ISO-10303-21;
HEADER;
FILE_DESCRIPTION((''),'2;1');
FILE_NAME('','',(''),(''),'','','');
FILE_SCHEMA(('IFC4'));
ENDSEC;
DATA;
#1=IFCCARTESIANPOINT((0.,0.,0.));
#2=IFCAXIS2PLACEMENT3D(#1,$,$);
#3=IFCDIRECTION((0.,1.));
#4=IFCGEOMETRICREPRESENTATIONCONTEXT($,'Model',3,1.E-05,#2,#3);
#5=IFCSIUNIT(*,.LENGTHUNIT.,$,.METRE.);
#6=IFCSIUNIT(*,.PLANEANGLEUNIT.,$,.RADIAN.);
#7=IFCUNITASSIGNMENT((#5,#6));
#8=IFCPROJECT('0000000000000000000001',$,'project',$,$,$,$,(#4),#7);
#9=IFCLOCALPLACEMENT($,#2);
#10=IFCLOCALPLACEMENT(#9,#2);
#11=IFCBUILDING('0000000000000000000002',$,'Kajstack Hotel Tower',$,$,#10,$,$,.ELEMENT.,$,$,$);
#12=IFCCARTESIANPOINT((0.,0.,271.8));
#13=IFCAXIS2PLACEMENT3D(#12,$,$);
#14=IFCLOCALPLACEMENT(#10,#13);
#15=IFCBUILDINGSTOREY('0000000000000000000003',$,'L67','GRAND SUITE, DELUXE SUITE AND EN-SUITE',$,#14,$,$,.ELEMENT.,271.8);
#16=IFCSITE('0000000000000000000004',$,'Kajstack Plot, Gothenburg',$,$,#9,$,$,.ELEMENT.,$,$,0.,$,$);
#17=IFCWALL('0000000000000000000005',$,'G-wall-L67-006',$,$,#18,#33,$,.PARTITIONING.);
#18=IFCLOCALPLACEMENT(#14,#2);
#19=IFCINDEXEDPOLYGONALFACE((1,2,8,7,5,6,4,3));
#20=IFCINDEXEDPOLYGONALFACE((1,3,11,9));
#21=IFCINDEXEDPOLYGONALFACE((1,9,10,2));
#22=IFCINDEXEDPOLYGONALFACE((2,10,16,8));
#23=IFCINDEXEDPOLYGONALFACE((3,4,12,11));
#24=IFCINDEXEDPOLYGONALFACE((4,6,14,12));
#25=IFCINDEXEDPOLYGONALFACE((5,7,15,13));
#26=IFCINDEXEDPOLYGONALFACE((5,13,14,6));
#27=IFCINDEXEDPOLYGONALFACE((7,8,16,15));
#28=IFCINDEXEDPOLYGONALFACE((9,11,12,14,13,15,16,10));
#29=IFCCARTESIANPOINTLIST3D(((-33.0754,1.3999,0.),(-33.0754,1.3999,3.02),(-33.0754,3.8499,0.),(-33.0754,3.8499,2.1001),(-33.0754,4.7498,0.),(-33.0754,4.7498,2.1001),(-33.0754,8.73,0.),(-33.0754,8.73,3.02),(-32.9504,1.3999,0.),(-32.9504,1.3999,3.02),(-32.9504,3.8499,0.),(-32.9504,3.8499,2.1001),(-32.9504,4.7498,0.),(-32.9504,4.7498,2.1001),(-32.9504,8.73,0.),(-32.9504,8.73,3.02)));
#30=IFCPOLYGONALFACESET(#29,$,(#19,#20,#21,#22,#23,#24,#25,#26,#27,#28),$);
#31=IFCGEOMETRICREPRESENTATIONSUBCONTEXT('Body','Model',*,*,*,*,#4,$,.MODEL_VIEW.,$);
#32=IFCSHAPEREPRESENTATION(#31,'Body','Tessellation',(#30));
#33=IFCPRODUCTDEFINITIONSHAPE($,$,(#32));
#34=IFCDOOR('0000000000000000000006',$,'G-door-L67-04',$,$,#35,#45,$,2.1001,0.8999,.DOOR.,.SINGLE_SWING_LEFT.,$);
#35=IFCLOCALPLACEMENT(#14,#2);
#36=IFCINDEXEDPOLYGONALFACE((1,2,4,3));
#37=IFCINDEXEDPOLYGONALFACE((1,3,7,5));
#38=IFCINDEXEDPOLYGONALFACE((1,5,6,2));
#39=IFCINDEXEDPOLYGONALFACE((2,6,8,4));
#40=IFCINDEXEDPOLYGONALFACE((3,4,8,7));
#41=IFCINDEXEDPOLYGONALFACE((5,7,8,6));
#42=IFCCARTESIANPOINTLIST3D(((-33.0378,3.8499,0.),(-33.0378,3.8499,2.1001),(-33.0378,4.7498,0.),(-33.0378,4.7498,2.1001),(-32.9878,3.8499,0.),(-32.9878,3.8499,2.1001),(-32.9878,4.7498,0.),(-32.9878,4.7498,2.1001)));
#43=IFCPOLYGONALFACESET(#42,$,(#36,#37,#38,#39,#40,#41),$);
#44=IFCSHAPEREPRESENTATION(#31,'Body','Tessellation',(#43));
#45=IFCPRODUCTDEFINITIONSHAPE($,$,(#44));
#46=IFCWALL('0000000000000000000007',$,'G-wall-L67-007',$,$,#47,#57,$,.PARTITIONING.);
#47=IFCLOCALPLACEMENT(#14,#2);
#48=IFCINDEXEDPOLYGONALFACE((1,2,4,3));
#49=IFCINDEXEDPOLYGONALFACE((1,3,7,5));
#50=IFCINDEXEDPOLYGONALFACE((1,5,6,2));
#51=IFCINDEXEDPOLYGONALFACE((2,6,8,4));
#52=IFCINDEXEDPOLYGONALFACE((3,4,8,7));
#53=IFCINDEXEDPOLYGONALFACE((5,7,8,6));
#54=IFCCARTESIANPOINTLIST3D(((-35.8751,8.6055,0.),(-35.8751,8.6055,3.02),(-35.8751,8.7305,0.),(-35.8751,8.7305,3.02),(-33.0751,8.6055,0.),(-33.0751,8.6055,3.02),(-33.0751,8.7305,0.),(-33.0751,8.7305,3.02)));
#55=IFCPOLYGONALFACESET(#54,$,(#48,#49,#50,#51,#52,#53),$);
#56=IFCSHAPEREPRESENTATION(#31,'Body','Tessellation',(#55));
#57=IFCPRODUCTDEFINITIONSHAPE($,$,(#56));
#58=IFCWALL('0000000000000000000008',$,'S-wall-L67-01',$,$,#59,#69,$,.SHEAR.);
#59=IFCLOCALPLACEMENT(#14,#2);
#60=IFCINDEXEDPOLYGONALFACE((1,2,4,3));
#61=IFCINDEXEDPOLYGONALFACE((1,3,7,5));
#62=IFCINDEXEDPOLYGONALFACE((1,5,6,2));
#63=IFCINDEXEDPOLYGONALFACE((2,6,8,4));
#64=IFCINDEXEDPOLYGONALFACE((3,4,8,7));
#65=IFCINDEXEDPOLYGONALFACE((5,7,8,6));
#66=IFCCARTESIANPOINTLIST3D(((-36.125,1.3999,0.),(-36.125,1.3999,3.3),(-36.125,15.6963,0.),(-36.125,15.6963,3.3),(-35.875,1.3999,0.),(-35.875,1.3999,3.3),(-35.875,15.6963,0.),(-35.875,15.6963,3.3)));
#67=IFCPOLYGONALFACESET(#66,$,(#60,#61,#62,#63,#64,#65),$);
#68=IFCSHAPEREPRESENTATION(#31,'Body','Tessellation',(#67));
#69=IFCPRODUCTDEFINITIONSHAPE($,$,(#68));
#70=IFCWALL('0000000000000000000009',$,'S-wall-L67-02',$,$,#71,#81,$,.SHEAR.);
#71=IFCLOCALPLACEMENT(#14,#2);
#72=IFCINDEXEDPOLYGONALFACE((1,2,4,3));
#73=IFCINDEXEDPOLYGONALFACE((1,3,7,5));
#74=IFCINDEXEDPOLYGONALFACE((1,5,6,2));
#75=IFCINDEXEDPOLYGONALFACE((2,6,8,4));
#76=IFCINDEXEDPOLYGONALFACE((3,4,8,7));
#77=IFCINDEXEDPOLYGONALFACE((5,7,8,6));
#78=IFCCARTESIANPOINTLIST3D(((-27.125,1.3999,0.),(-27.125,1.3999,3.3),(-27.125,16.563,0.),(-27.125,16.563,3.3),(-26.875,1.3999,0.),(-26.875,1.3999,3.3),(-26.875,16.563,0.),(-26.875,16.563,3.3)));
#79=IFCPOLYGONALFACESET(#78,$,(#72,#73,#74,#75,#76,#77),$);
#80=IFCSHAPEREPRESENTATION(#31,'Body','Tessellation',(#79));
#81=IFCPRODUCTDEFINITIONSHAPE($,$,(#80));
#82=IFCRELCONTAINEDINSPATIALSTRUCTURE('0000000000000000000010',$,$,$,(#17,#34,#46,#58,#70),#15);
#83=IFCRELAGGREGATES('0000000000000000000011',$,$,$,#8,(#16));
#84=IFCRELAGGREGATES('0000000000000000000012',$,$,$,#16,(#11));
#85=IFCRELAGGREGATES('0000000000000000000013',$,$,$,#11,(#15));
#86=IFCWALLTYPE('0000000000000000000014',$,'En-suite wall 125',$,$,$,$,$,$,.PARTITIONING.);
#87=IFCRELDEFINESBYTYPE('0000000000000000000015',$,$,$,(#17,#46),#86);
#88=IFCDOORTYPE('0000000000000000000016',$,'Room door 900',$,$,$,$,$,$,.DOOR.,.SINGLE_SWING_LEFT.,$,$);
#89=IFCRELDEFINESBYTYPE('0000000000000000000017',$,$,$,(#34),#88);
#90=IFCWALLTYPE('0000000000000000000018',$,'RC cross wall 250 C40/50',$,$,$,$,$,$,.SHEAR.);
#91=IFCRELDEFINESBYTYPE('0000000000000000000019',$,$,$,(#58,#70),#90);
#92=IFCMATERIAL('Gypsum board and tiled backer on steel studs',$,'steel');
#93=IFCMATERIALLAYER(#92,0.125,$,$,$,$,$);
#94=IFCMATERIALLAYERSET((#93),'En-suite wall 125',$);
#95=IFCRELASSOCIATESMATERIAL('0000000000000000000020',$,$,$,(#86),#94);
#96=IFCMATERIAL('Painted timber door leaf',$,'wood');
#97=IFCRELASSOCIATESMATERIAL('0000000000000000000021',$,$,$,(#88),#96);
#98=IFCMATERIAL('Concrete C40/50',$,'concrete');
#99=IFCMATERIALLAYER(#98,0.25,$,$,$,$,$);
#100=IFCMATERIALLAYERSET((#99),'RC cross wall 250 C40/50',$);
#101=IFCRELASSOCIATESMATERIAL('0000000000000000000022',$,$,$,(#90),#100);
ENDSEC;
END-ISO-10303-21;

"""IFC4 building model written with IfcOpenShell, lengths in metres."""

from ifc_helpers import new_model, si_unit, direction, frame, frame_2d, origin, place, context, subcontext, project, spatial, rectangle, extrude, material, layer, layer_set, type_object, element, fill, save


model = new_model("IFC4")

# Units and contexts
model_context = context("Model", 3, precision=1e-05, world=origin(), true_north=direction((0.0, 1.0)))
body_context = subcontext(model_context, "Body", "Model", "MODEL_VIEW")
ifc_project = project(units=[si_unit("LENGTHUNIT", "METRE"), si_unit("PLANEANGLEUNIT", "RADIAN")], contexts=[model_context])

# Site, building, storey
site_placement = place(None, origin())
site = spatial("IfcSite", under=ifc_project, at=site_placement, Name="Kajstack Plot, Gothenburg", CompositionType="ELEMENT", RefElevation=0.0)
building_placement = place(site_placement, origin())
building = spatial("IfcBuilding", under=site, at=building_placement, Name="Kajstack Hotel Tower", CompositionType="ELEMENT")
storey_placement = place(building_placement, frame((0.0, 0.0, 271.8)))
storey = spatial("IfcBuildingStorey", under=building, at=storey_placement, Name="L67", Description="GRAND SUITE, DELUXE SUITE AND EN-SUITE", CompositionType="ELEMENT", Elevation=271.8)

# Shared definitions
ifc_material_1 = material(Name="Gypsum board and tiled backer on steel studs", Category="steel")
ifc_layer_1 = layer(ifc_material_1, 0.125)
ifc_layer_set_1 = layer_set([ifc_layer_1], Name="En-suite wall 125")
wall_type_1 = type_object("IfcWallType", Name="En-suite wall 125", PredefinedType="PARTITIONING", material=ifc_layer_set_1)

# Wall, opening, door
wall_1_placement = place(storey_placement, frame((-33.0129, 1.3999, 0.0), z_axis=(0.0, 0.0, 1.0), x_axis=(0.0, 1.0, 0.0)))
wall_1 = element("IfcWall", 1, at=wall_1_placement, inside=storey, type_object=wall_type_1, Name="G-wall-L67-006", PredefinedType="PARTITIONING", context=body_context, shape_type="SweptSolid", body=[
    extrude(rectangle(XDim=7.3301, YDim=0.125, at=frame_2d((3.665, 0.0))), origin(), (0.0, 0.0, 1.0), 3.02),
])
opening_1_placement = place(wall_1_placement, frame((2.45, 0.0, 0.0)))
opening_1 = element("IfcOpeningElement", 2, at=opening_1_placement, cuts=wall_1, PredefinedType="OPENING", context=body_context, shape_type="SweptSolid", body=[
    extrude(rectangle(XDim=0.8999, YDim=2.1001, at=frame_2d((0.45, 1.05))), frame((0.0, 0.0725, 0.0), z_axis=(0.0, -1.0, 0.0), x_axis=(1.0, 0.0, 0.0)), (0.0, 0.0, 1.0), 0.145),
])
ifc_material_2 = material(Name="Painted timber door leaf", Category="wood")
door_type = type_object("IfcDoorType", Name="Room door 900", OperationType="SINGLE_SWING_LEFT", PredefinedType="DOOR", material=ifc_material_2)
door_placement = place(opening_1_placement, origin())
door = element("IfcDoor", 3, at=door_placement, inside=storey, type_object=door_type, Name="G-door-L67-04", OperationType="SINGLE_SWING_LEFT", OverallHeight=2.1001, OverallWidth=0.8999, PredefinedType="DOOR", context=body_context, shape_type="SweptSolid", body=[
    extrude(rectangle(XDim=0.8999, YDim=2.1001, at=frame_2d((0.45, 1.05))), frame((0.0, 0.0249, 0.0), z_axis=(0.0, -1.0, 0.0), x_axis=(1.0, 0.0, 0.0)), (0.0, 0.0, 1.0), 0.05),
])
fill(opening_1, door)

# Walls
wall_2_placement = place(storey_placement, frame((-35.875, 8.668, 0.0), z_axis=(0.0, 0.0, 1.0), x_axis=(1.0, 0.0, 0.0)))
element("IfcWall", 4, at=wall_2_placement, inside=storey, type_object=wall_type_1, Name="G-wall-L67-007", PredefinedType="PARTITIONING", context=body_context, shape_type="SweptSolid", body=[
    extrude(rectangle(XDim=2.8, YDim=0.125, at=frame_2d((1.3999, 0.0))), origin(), (0.0, 0.0, 1.0), 3.02),
])
ifc_material_3 = material(Name="Concrete C40/50", Category="concrete")
ifc_layer_2 = layer(ifc_material_3, 0.25)
ifc_layer_set_2 = layer_set([ifc_layer_2], Name="RC cross wall 250 C40/50")
wall_type_2 = type_object("IfcWallType", Name="RC cross wall 250 C40/50", PredefinedType="SHEAR", material=ifc_layer_set_2)
wall_3_placement = place(storey_placement, frame((-36.0, 1.3999, 0.0), z_axis=(0.0, 0.0, 1.0), x_axis=(0.0, 1.0, 0.0)))
element("IfcWall", 5, at=wall_3_placement, inside=storey, type_object=wall_type_2, Name="S-wall-L67-01", PredefinedType="SHEAR", context=body_context, shape_type="SweptSolid", body=[
    extrude(rectangle(XDim=14.2964, YDim=0.25, at=frame_2d((7.1482, 0.0))), origin(), (0.0, 0.0, 1.0), 3.3),
])
wall_4_placement = place(storey_placement, frame((-27.0, 1.3999, 0.0), z_axis=(0.0, 0.0, 1.0), x_axis=(0.0, 1.0, 0.0)))
element("IfcWall", 6, at=wall_4_placement, inside=storey, type_object=wall_type_2, Name="S-wall-L67-02", PredefinedType="SHEAR", context=body_context, shape_type="SweptSolid", body=[
    extrude(rectangle(XDim=15.1631, YDim=0.25, at=frame_2d((7.5815, 0.0))), origin(), (0.0, 0.0, 1.0), 3.3),
])

save(model, "model.ifc")
